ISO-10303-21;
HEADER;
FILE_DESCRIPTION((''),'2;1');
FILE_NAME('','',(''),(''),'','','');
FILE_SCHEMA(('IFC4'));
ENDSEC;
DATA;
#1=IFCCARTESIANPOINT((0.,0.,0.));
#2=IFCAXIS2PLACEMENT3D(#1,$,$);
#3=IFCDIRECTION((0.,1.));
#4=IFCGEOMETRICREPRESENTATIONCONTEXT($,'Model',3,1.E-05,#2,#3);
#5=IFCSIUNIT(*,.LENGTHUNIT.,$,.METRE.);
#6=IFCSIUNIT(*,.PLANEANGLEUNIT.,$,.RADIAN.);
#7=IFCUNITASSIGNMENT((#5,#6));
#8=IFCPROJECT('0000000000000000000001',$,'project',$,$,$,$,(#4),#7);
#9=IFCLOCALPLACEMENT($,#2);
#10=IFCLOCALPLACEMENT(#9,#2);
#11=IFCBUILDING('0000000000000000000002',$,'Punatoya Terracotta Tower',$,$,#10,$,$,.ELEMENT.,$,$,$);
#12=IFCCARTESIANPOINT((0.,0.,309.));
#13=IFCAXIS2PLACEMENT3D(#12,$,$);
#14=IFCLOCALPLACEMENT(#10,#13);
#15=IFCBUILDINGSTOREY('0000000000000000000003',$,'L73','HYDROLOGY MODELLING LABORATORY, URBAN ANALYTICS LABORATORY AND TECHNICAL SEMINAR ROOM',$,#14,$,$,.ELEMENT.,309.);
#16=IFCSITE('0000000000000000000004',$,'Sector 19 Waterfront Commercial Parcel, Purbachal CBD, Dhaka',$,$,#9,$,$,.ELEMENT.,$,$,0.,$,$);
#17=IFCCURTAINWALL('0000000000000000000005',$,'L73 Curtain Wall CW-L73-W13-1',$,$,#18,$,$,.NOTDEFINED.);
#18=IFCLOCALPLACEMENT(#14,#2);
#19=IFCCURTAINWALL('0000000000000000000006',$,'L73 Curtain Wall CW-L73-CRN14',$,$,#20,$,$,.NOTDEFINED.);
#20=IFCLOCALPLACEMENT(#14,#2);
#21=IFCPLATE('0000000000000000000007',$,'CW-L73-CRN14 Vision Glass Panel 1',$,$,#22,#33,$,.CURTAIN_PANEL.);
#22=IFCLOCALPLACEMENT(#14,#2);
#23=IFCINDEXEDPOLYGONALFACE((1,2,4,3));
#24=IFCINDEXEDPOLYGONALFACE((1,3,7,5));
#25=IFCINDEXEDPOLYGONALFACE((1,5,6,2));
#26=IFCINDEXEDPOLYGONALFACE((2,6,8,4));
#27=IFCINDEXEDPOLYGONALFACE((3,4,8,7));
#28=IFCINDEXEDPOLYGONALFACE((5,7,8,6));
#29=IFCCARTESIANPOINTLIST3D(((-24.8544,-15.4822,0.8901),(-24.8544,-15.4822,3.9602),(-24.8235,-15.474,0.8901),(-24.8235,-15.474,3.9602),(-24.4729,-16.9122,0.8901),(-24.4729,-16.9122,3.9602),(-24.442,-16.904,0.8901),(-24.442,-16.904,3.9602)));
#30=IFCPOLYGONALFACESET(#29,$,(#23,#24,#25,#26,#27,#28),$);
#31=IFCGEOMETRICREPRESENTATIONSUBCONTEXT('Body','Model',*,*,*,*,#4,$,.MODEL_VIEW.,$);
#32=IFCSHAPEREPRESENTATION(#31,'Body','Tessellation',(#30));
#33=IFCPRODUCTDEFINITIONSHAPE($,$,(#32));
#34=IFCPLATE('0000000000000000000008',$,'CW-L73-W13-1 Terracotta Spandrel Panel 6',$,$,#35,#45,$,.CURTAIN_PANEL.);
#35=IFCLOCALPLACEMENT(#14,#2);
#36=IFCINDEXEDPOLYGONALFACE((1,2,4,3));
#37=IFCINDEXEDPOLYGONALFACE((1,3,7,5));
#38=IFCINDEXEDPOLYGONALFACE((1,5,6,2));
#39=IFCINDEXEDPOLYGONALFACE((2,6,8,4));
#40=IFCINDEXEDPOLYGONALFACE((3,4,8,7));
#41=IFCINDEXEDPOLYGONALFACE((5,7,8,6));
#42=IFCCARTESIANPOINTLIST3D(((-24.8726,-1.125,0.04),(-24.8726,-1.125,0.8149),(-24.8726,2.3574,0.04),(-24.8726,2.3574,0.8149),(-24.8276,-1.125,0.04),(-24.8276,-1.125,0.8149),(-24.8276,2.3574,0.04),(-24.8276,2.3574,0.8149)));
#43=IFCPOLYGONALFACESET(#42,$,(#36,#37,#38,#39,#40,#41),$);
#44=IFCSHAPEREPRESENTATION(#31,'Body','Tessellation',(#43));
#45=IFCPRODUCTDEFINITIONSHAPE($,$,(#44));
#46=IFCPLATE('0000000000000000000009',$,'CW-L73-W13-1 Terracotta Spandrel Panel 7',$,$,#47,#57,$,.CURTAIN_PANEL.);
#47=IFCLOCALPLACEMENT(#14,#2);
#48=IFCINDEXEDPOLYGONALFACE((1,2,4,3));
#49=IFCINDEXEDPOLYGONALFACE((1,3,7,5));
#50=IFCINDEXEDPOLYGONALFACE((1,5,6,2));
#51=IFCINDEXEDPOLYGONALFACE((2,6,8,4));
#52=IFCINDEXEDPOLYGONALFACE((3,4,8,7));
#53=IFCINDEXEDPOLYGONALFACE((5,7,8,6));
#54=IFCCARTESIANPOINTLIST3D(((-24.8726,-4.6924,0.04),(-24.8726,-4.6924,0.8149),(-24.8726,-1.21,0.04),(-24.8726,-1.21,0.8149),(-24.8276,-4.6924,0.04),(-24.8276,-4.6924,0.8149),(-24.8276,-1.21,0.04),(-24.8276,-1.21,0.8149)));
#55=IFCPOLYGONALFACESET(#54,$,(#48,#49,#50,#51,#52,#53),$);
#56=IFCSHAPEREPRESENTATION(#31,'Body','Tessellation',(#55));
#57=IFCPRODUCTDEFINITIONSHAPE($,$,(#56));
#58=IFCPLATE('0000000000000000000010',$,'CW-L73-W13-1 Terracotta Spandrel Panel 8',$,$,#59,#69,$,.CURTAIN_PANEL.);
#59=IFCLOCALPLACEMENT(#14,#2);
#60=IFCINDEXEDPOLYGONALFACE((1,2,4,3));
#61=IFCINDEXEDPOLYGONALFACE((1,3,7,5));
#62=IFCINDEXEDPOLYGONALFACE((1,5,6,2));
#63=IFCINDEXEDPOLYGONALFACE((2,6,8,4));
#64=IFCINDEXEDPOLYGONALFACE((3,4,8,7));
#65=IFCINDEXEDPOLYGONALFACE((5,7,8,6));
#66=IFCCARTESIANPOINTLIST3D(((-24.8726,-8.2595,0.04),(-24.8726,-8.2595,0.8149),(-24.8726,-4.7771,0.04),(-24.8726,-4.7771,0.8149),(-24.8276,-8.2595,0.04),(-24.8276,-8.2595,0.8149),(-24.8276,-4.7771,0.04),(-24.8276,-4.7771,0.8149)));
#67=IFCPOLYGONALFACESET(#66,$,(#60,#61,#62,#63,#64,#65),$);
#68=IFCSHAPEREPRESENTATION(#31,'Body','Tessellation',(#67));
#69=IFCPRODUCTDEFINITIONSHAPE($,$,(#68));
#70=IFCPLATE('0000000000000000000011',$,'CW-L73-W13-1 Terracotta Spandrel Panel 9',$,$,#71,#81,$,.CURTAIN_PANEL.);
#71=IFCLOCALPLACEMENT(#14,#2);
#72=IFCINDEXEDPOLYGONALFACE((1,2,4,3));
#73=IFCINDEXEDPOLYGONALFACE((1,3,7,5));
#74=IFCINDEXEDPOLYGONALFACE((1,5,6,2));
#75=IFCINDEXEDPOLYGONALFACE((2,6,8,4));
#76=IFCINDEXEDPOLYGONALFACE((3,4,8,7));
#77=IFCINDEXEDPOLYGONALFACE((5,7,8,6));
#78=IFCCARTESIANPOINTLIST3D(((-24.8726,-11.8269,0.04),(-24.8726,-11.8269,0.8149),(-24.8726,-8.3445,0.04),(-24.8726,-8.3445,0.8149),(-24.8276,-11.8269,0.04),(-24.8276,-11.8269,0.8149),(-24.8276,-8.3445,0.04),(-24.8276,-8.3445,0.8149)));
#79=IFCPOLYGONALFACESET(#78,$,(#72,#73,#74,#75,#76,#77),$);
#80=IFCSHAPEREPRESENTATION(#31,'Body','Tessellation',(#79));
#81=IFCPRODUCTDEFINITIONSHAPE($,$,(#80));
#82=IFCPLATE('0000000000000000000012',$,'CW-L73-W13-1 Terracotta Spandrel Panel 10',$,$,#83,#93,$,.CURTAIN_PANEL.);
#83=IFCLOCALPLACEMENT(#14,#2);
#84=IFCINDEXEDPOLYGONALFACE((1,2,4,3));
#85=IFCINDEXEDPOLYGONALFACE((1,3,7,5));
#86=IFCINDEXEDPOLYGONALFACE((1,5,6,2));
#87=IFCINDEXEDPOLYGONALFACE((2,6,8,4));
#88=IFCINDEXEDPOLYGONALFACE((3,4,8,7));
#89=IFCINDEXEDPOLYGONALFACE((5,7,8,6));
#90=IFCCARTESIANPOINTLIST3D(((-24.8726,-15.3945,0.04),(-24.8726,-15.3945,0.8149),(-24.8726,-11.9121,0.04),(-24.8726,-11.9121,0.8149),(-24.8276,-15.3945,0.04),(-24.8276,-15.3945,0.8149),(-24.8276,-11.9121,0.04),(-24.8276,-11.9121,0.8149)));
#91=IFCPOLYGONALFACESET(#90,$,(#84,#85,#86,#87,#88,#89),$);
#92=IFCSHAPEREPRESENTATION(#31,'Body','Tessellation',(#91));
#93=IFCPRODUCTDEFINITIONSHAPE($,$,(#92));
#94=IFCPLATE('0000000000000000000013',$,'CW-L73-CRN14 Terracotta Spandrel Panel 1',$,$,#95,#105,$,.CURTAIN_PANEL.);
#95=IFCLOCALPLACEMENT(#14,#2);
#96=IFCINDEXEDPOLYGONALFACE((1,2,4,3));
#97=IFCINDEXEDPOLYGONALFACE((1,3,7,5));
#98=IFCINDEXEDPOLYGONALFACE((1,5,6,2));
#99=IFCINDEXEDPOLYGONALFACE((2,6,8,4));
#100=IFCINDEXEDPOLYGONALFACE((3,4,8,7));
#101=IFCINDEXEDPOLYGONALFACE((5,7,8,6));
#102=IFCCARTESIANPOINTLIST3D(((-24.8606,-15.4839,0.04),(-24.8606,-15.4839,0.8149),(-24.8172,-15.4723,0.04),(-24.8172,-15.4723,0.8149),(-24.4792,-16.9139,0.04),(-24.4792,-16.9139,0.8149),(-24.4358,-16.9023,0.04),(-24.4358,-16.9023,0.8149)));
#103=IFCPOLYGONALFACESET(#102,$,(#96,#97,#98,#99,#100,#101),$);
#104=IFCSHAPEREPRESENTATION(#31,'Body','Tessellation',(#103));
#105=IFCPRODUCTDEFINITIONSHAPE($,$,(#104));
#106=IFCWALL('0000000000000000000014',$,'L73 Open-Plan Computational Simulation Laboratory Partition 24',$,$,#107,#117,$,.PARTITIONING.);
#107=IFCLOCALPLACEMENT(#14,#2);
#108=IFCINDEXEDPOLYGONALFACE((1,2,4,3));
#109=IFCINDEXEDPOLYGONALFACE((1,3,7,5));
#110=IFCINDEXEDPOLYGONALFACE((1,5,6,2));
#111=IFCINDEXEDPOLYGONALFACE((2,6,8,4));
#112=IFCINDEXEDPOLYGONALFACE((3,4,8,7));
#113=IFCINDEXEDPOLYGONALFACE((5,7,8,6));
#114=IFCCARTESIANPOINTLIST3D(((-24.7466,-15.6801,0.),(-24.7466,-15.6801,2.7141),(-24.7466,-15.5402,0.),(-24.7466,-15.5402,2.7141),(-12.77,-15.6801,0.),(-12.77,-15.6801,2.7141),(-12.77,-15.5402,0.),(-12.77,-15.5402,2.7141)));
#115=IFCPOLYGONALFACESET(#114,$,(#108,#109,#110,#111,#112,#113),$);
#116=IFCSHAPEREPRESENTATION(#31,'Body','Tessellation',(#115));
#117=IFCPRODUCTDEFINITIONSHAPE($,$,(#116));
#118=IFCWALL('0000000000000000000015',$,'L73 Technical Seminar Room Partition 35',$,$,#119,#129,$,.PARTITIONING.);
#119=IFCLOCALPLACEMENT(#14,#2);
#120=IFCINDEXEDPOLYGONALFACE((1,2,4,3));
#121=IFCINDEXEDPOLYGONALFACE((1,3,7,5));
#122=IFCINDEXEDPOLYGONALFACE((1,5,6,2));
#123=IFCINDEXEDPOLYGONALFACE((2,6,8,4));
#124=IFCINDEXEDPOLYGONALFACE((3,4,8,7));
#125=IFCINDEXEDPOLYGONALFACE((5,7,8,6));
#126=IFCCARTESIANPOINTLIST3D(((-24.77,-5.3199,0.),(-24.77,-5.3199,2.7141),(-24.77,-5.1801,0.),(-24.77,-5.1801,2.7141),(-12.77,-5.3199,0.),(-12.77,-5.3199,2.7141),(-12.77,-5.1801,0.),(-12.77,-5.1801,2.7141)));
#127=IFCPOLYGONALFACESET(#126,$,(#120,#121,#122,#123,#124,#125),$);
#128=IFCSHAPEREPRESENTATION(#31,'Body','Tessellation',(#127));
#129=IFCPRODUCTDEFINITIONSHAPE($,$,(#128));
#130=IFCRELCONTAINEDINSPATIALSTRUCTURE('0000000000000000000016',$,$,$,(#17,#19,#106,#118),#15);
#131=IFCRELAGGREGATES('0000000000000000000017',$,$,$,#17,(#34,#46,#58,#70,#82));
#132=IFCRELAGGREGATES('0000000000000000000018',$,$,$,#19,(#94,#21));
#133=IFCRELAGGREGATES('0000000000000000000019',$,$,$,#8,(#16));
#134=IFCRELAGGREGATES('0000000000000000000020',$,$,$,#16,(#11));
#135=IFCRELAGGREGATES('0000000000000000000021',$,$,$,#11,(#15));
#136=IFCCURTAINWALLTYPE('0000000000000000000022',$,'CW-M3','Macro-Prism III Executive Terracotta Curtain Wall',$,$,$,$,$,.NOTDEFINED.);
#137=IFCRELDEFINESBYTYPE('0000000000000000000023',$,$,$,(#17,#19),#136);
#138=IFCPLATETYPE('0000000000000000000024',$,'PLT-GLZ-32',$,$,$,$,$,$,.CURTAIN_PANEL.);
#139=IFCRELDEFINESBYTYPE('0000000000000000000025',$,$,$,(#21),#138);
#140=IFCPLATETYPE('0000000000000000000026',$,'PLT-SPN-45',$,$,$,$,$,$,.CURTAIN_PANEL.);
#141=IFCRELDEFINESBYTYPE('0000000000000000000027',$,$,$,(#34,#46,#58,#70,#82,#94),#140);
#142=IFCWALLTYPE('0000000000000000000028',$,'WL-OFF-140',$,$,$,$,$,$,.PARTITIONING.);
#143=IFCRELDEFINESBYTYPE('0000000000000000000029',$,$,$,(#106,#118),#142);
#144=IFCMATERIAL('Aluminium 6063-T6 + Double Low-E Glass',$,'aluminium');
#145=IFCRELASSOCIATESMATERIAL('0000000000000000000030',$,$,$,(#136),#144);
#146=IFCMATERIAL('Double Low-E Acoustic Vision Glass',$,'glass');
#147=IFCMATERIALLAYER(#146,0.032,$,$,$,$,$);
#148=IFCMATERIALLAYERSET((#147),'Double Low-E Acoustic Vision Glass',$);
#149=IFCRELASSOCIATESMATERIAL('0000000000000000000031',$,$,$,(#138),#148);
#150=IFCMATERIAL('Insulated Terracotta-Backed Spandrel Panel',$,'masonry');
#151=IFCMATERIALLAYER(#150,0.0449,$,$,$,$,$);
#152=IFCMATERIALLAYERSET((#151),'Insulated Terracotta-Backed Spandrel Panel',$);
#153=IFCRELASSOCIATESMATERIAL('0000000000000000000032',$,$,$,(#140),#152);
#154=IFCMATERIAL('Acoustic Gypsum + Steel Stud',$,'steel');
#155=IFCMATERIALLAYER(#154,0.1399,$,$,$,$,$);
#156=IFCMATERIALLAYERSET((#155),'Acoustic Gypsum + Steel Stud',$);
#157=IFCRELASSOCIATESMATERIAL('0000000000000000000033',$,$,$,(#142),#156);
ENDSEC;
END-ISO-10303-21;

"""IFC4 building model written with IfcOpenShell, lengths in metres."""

from ifc_helpers import new_model, si_unit, direction, frame, frame_2d, origin, origin_2d, place, context, subcontext, project, spatial, rectangle, extrude, material, layer, layer_set, type_object, element, aggregate, save


model = new_model("IFC4")

# Units and contexts
model_context = context("Model", 3, precision=1e-05, world=origin(), true_north=direction((0.0, 1.0)))
body_context = subcontext(model_context, "Body", "Model", "MODEL_VIEW")
ifc_project = project(units=[si_unit("LENGTHUNIT", "METRE"), si_unit("PLANEANGLEUNIT", "RADIAN")], contexts=[model_context])

# Site, building, storey
site_placement = place(None, origin())
site = spatial("IfcSite", under=ifc_project, at=site_placement, Name="Sector 19 Waterfront Commercial Parcel, Purbachal CBD, Dhaka", CompositionType="ELEMENT", RefElevation=0.0)
building_placement = place(site_placement, origin())
building = spatial("IfcBuilding", under=site, at=building_placement, Name="Punatoya Terracotta Tower", CompositionType="ELEMENT")
storey_placement = place(building_placement, frame((0.0, 0.0, 309.0)))
storey = spatial("IfcBuildingStorey", under=building, at=storey_placement, Name="L73", Description="HYDROLOGY MODELLING LABORATORY, URBAN ANALYTICS LABORATORY AND TECHNICAL SEMINAR ROOM", CompositionType="ELEMENT", Elevation=309.0)

# Curtain walls
ifc_material_1 = material(Name="Aluminium 6063-T6 + Double Low-E Glass", Category="aluminium")
curtain_wall_type = type_object("IfcCurtainWallType", Name="CW-M3", Description="Macro-Prism III Executive Terracotta Curtain Wall", PredefinedType="NOTDEFINED", material=ifc_material_1)
curtain_wall_1_placement = place(storey_placement, origin())
curtain_wall_1 = element("IfcCurtainWall", 1, at=curtain_wall_1_placement, inside=storey, type_object=curtain_wall_type, Name="L73 Curtain Wall CW-L73-W13-1", PredefinedType="NOTDEFINED")
curtain_wall_2_placement = place(storey_placement, origin())
curtain_wall_2 = element("IfcCurtainWall", 2, at=curtain_wall_2_placement, inside=storey, type_object=curtain_wall_type, Name="L73 Curtain Wall CW-L73-CRN14", PredefinedType="NOTDEFINED")

# Plates
ifc_material_2 = material(Name="Double Low-E Acoustic Vision Glass", Category="glass")
ifc_layer_1 = layer(ifc_material_2, 0.032)
ifc_layer_set_1 = layer_set([ifc_layer_1], Name="Double Low-E Acoustic Vision Glass")
plate_type_1 = type_object("IfcPlateType", Name="PLT-GLZ-32", PredefinedType="CURTAIN_PANEL", material=ifc_layer_set_1)
plate_1_placement = place(storey_placement, frame((-24.6482, -16.1931, 0.8901), z_axis=(0.0, 0.0, 1.0), x_axis=(0.257742, -0.966214, 0.0)))
plate_1 = element("IfcPlate", 3, at=plate_1_placement, type_object=plate_type_1, Name="CW-L73-CRN14 Vision Glass Panel 1", PredefinedType="CURTAIN_PANEL", context=body_context, shape_type="SweptSolid", body=[
    extrude(rectangle(XDim=1.48, YDim=0.032, at=origin_2d()), origin(), (0.0, 0.0, 1.0), 3.0701),
])
ifc_material_3 = material(Name="Insulated Terracotta-Backed Spandrel Panel", Category="masonry")
ifc_layer_2 = layer(ifc_material_3, 0.0449)
ifc_layer_set_2 = layer_set([ifc_layer_2], Name="Insulated Terracotta-Backed Spandrel Panel")
plate_type_2 = type_object("IfcPlateType", Name="PLT-SPN-45", PredefinedType="CURTAIN_PANEL", material=ifc_layer_set_2)
plate_2_placement = place(storey_placement, frame((-24.8501, 0.6162, 0.04), z_axis=(0.0, 0.0, 1.0), x_axis=(0.0, -1.0, 0.0)))
plate_2 = element("IfcPlate", 4, at=plate_2_placement, type_object=plate_type_2, Name="CW-L73-W13-1 Terracotta Spandrel Panel 6", PredefinedType="CURTAIN_PANEL", context=body_context, shape_type="SweptSolid", body=[
    extrude(rectangle(XDim=3.4824, YDim=0.0449, at=origin_2d()), origin(), (0.0, 0.0, 1.0), 0.7749),
])
plate_3_placement = place(storey_placement, frame((-24.8501, -2.9512, 0.04), z_axis=(0.0, 0.0, 1.0), x_axis=(0.0, -1.0, 0.0)))
plate_3 = element("IfcPlate", 5, at=plate_3_placement, type_object=plate_type_2, Name="CW-L73-W13-1 Terracotta Spandrel Panel 7", PredefinedType="CURTAIN_PANEL", context=body_context, shape_type="SweptSolid", body=[
    extrude(rectangle(XDim=3.4824, YDim=0.0449, at=origin_2d()), origin(), (0.0, 0.0, 1.0), 0.7749),
])
plate_4_placement = place(storey_placement, frame((-24.8501, -6.5183, 0.04), z_axis=(0.0, 0.0, 1.0), x_axis=(0.0, -1.0, 0.0)))
plate_4 = element("IfcPlate", 6, at=plate_4_placement, type_object=plate_type_2, Name="CW-L73-W13-1 Terracotta Spandrel Panel 8", PredefinedType="CURTAIN_PANEL", context=body_context, shape_type="SweptSolid", body=[
    extrude(rectangle(XDim=3.4824, YDim=0.0449, at=origin_2d()), origin(), (0.0, 0.0, 1.0), 0.7749),
])
plate_5_placement = place(storey_placement, frame((-24.8501, -10.0857, 0.04), z_axis=(0.0, 0.0, 1.0), x_axis=(0.0, -1.0, 0.0)))
plate_5 = element("IfcPlate", 7, at=plate_5_placement, type_object=plate_type_2, Name="CW-L73-W13-1 Terracotta Spandrel Panel 9", PredefinedType="CURTAIN_PANEL", context=body_context, shape_type="SweptSolid", body=[
    extrude(rectangle(XDim=3.4824, YDim=0.0449, at=origin_2d()), origin(), (0.0, 0.0, 1.0), 0.7749),
])
plate_6_placement = place(storey_placement, frame((-24.8501, -13.6533, 0.04), z_axis=(0.0, 0.0, 1.0), x_axis=(0.0, -1.0, 0.0)))
plate_6 = element("IfcPlate", 8, at=plate_6_placement, type_object=plate_type_2, Name="CW-L73-W13-1 Terracotta Spandrel Panel 10", PredefinedType="CURTAIN_PANEL", context=body_context, shape_type="SweptSolid", body=[
    extrude(rectangle(XDim=3.4824, YDim=0.0449, at=origin_2d()), origin(), (0.0, 0.0, 1.0), 0.7749),
])
aggregate(curtain_wall_1, [plate_2, plate_3, plate_4, plate_5, plate_6])
plate_7_placement = place(storey_placement, frame((-24.6482, -16.1931, 0.04), z_axis=(0.0, 0.0, 1.0), x_axis=(0.257742, -0.966214, 0.0)))
plate_7 = element("IfcPlate", 9, at=plate_7_placement, type_object=plate_type_2, Name="CW-L73-CRN14 Terracotta Spandrel Panel 1", PredefinedType="CURTAIN_PANEL", context=body_context, shape_type="SweptSolid", body=[
    extrude(rectangle(XDim=1.48, YDim=0.0449, at=origin_2d()), origin(), (0.0, 0.0, 1.0), 0.7749),
])
aggregate(curtain_wall_2, [plate_7, plate_1])

# Walls
ifc_material_4 = material(Name="Acoustic Gypsum + Steel Stud", Category="steel")
ifc_layer_3 = layer(ifc_material_4, 0.1399)
ifc_layer_set_3 = layer_set([ifc_layer_3], Name="Acoustic Gypsum + Steel Stud")
wall_type = type_object("IfcWallType", Name="WL-OFF-140", PredefinedType="PARTITIONING", material=ifc_layer_set_3)
wall_1_placement = place(storey_placement, frame((-24.7466, -15.6101, 0.0), z_axis=(0.0, 0.0, 1.0), x_axis=(1.0, 0.0, 0.0)))
element("IfcWall", 10, at=wall_1_placement, inside=storey, type_object=wall_type, Name="L73 Open-Plan Computational Simulation Laboratory Partition 24", PredefinedType="PARTITIONING", context=body_context, shape_type="SweptSolid", body=[
    extrude(rectangle(XDim=11.9766, YDim=0.1399, at=frame_2d((5.9883, 0.0))), origin(), (0.0, 0.0, 1.0), 2.7141),
])
wall_2_placement = place(storey_placement, frame((-24.77, -5.25, 0.0), z_axis=(0.0, 0.0, 1.0), x_axis=(1.0, 0.0, 0.0)))
element("IfcWall", 11, at=wall_2_placement, inside=storey, type_object=wall_type, Name="L73 Technical Seminar Room Partition 35", PredefinedType="PARTITIONING", context=body_context, shape_type="SweptSolid", body=[
    extrude(rectangle(XDim=12.0, YDim=0.1399, at=frame_2d((6.0, 0.0))), origin(), (0.0, 0.0, 1.0), 2.7141),
])

save(model, "model.ifc")
